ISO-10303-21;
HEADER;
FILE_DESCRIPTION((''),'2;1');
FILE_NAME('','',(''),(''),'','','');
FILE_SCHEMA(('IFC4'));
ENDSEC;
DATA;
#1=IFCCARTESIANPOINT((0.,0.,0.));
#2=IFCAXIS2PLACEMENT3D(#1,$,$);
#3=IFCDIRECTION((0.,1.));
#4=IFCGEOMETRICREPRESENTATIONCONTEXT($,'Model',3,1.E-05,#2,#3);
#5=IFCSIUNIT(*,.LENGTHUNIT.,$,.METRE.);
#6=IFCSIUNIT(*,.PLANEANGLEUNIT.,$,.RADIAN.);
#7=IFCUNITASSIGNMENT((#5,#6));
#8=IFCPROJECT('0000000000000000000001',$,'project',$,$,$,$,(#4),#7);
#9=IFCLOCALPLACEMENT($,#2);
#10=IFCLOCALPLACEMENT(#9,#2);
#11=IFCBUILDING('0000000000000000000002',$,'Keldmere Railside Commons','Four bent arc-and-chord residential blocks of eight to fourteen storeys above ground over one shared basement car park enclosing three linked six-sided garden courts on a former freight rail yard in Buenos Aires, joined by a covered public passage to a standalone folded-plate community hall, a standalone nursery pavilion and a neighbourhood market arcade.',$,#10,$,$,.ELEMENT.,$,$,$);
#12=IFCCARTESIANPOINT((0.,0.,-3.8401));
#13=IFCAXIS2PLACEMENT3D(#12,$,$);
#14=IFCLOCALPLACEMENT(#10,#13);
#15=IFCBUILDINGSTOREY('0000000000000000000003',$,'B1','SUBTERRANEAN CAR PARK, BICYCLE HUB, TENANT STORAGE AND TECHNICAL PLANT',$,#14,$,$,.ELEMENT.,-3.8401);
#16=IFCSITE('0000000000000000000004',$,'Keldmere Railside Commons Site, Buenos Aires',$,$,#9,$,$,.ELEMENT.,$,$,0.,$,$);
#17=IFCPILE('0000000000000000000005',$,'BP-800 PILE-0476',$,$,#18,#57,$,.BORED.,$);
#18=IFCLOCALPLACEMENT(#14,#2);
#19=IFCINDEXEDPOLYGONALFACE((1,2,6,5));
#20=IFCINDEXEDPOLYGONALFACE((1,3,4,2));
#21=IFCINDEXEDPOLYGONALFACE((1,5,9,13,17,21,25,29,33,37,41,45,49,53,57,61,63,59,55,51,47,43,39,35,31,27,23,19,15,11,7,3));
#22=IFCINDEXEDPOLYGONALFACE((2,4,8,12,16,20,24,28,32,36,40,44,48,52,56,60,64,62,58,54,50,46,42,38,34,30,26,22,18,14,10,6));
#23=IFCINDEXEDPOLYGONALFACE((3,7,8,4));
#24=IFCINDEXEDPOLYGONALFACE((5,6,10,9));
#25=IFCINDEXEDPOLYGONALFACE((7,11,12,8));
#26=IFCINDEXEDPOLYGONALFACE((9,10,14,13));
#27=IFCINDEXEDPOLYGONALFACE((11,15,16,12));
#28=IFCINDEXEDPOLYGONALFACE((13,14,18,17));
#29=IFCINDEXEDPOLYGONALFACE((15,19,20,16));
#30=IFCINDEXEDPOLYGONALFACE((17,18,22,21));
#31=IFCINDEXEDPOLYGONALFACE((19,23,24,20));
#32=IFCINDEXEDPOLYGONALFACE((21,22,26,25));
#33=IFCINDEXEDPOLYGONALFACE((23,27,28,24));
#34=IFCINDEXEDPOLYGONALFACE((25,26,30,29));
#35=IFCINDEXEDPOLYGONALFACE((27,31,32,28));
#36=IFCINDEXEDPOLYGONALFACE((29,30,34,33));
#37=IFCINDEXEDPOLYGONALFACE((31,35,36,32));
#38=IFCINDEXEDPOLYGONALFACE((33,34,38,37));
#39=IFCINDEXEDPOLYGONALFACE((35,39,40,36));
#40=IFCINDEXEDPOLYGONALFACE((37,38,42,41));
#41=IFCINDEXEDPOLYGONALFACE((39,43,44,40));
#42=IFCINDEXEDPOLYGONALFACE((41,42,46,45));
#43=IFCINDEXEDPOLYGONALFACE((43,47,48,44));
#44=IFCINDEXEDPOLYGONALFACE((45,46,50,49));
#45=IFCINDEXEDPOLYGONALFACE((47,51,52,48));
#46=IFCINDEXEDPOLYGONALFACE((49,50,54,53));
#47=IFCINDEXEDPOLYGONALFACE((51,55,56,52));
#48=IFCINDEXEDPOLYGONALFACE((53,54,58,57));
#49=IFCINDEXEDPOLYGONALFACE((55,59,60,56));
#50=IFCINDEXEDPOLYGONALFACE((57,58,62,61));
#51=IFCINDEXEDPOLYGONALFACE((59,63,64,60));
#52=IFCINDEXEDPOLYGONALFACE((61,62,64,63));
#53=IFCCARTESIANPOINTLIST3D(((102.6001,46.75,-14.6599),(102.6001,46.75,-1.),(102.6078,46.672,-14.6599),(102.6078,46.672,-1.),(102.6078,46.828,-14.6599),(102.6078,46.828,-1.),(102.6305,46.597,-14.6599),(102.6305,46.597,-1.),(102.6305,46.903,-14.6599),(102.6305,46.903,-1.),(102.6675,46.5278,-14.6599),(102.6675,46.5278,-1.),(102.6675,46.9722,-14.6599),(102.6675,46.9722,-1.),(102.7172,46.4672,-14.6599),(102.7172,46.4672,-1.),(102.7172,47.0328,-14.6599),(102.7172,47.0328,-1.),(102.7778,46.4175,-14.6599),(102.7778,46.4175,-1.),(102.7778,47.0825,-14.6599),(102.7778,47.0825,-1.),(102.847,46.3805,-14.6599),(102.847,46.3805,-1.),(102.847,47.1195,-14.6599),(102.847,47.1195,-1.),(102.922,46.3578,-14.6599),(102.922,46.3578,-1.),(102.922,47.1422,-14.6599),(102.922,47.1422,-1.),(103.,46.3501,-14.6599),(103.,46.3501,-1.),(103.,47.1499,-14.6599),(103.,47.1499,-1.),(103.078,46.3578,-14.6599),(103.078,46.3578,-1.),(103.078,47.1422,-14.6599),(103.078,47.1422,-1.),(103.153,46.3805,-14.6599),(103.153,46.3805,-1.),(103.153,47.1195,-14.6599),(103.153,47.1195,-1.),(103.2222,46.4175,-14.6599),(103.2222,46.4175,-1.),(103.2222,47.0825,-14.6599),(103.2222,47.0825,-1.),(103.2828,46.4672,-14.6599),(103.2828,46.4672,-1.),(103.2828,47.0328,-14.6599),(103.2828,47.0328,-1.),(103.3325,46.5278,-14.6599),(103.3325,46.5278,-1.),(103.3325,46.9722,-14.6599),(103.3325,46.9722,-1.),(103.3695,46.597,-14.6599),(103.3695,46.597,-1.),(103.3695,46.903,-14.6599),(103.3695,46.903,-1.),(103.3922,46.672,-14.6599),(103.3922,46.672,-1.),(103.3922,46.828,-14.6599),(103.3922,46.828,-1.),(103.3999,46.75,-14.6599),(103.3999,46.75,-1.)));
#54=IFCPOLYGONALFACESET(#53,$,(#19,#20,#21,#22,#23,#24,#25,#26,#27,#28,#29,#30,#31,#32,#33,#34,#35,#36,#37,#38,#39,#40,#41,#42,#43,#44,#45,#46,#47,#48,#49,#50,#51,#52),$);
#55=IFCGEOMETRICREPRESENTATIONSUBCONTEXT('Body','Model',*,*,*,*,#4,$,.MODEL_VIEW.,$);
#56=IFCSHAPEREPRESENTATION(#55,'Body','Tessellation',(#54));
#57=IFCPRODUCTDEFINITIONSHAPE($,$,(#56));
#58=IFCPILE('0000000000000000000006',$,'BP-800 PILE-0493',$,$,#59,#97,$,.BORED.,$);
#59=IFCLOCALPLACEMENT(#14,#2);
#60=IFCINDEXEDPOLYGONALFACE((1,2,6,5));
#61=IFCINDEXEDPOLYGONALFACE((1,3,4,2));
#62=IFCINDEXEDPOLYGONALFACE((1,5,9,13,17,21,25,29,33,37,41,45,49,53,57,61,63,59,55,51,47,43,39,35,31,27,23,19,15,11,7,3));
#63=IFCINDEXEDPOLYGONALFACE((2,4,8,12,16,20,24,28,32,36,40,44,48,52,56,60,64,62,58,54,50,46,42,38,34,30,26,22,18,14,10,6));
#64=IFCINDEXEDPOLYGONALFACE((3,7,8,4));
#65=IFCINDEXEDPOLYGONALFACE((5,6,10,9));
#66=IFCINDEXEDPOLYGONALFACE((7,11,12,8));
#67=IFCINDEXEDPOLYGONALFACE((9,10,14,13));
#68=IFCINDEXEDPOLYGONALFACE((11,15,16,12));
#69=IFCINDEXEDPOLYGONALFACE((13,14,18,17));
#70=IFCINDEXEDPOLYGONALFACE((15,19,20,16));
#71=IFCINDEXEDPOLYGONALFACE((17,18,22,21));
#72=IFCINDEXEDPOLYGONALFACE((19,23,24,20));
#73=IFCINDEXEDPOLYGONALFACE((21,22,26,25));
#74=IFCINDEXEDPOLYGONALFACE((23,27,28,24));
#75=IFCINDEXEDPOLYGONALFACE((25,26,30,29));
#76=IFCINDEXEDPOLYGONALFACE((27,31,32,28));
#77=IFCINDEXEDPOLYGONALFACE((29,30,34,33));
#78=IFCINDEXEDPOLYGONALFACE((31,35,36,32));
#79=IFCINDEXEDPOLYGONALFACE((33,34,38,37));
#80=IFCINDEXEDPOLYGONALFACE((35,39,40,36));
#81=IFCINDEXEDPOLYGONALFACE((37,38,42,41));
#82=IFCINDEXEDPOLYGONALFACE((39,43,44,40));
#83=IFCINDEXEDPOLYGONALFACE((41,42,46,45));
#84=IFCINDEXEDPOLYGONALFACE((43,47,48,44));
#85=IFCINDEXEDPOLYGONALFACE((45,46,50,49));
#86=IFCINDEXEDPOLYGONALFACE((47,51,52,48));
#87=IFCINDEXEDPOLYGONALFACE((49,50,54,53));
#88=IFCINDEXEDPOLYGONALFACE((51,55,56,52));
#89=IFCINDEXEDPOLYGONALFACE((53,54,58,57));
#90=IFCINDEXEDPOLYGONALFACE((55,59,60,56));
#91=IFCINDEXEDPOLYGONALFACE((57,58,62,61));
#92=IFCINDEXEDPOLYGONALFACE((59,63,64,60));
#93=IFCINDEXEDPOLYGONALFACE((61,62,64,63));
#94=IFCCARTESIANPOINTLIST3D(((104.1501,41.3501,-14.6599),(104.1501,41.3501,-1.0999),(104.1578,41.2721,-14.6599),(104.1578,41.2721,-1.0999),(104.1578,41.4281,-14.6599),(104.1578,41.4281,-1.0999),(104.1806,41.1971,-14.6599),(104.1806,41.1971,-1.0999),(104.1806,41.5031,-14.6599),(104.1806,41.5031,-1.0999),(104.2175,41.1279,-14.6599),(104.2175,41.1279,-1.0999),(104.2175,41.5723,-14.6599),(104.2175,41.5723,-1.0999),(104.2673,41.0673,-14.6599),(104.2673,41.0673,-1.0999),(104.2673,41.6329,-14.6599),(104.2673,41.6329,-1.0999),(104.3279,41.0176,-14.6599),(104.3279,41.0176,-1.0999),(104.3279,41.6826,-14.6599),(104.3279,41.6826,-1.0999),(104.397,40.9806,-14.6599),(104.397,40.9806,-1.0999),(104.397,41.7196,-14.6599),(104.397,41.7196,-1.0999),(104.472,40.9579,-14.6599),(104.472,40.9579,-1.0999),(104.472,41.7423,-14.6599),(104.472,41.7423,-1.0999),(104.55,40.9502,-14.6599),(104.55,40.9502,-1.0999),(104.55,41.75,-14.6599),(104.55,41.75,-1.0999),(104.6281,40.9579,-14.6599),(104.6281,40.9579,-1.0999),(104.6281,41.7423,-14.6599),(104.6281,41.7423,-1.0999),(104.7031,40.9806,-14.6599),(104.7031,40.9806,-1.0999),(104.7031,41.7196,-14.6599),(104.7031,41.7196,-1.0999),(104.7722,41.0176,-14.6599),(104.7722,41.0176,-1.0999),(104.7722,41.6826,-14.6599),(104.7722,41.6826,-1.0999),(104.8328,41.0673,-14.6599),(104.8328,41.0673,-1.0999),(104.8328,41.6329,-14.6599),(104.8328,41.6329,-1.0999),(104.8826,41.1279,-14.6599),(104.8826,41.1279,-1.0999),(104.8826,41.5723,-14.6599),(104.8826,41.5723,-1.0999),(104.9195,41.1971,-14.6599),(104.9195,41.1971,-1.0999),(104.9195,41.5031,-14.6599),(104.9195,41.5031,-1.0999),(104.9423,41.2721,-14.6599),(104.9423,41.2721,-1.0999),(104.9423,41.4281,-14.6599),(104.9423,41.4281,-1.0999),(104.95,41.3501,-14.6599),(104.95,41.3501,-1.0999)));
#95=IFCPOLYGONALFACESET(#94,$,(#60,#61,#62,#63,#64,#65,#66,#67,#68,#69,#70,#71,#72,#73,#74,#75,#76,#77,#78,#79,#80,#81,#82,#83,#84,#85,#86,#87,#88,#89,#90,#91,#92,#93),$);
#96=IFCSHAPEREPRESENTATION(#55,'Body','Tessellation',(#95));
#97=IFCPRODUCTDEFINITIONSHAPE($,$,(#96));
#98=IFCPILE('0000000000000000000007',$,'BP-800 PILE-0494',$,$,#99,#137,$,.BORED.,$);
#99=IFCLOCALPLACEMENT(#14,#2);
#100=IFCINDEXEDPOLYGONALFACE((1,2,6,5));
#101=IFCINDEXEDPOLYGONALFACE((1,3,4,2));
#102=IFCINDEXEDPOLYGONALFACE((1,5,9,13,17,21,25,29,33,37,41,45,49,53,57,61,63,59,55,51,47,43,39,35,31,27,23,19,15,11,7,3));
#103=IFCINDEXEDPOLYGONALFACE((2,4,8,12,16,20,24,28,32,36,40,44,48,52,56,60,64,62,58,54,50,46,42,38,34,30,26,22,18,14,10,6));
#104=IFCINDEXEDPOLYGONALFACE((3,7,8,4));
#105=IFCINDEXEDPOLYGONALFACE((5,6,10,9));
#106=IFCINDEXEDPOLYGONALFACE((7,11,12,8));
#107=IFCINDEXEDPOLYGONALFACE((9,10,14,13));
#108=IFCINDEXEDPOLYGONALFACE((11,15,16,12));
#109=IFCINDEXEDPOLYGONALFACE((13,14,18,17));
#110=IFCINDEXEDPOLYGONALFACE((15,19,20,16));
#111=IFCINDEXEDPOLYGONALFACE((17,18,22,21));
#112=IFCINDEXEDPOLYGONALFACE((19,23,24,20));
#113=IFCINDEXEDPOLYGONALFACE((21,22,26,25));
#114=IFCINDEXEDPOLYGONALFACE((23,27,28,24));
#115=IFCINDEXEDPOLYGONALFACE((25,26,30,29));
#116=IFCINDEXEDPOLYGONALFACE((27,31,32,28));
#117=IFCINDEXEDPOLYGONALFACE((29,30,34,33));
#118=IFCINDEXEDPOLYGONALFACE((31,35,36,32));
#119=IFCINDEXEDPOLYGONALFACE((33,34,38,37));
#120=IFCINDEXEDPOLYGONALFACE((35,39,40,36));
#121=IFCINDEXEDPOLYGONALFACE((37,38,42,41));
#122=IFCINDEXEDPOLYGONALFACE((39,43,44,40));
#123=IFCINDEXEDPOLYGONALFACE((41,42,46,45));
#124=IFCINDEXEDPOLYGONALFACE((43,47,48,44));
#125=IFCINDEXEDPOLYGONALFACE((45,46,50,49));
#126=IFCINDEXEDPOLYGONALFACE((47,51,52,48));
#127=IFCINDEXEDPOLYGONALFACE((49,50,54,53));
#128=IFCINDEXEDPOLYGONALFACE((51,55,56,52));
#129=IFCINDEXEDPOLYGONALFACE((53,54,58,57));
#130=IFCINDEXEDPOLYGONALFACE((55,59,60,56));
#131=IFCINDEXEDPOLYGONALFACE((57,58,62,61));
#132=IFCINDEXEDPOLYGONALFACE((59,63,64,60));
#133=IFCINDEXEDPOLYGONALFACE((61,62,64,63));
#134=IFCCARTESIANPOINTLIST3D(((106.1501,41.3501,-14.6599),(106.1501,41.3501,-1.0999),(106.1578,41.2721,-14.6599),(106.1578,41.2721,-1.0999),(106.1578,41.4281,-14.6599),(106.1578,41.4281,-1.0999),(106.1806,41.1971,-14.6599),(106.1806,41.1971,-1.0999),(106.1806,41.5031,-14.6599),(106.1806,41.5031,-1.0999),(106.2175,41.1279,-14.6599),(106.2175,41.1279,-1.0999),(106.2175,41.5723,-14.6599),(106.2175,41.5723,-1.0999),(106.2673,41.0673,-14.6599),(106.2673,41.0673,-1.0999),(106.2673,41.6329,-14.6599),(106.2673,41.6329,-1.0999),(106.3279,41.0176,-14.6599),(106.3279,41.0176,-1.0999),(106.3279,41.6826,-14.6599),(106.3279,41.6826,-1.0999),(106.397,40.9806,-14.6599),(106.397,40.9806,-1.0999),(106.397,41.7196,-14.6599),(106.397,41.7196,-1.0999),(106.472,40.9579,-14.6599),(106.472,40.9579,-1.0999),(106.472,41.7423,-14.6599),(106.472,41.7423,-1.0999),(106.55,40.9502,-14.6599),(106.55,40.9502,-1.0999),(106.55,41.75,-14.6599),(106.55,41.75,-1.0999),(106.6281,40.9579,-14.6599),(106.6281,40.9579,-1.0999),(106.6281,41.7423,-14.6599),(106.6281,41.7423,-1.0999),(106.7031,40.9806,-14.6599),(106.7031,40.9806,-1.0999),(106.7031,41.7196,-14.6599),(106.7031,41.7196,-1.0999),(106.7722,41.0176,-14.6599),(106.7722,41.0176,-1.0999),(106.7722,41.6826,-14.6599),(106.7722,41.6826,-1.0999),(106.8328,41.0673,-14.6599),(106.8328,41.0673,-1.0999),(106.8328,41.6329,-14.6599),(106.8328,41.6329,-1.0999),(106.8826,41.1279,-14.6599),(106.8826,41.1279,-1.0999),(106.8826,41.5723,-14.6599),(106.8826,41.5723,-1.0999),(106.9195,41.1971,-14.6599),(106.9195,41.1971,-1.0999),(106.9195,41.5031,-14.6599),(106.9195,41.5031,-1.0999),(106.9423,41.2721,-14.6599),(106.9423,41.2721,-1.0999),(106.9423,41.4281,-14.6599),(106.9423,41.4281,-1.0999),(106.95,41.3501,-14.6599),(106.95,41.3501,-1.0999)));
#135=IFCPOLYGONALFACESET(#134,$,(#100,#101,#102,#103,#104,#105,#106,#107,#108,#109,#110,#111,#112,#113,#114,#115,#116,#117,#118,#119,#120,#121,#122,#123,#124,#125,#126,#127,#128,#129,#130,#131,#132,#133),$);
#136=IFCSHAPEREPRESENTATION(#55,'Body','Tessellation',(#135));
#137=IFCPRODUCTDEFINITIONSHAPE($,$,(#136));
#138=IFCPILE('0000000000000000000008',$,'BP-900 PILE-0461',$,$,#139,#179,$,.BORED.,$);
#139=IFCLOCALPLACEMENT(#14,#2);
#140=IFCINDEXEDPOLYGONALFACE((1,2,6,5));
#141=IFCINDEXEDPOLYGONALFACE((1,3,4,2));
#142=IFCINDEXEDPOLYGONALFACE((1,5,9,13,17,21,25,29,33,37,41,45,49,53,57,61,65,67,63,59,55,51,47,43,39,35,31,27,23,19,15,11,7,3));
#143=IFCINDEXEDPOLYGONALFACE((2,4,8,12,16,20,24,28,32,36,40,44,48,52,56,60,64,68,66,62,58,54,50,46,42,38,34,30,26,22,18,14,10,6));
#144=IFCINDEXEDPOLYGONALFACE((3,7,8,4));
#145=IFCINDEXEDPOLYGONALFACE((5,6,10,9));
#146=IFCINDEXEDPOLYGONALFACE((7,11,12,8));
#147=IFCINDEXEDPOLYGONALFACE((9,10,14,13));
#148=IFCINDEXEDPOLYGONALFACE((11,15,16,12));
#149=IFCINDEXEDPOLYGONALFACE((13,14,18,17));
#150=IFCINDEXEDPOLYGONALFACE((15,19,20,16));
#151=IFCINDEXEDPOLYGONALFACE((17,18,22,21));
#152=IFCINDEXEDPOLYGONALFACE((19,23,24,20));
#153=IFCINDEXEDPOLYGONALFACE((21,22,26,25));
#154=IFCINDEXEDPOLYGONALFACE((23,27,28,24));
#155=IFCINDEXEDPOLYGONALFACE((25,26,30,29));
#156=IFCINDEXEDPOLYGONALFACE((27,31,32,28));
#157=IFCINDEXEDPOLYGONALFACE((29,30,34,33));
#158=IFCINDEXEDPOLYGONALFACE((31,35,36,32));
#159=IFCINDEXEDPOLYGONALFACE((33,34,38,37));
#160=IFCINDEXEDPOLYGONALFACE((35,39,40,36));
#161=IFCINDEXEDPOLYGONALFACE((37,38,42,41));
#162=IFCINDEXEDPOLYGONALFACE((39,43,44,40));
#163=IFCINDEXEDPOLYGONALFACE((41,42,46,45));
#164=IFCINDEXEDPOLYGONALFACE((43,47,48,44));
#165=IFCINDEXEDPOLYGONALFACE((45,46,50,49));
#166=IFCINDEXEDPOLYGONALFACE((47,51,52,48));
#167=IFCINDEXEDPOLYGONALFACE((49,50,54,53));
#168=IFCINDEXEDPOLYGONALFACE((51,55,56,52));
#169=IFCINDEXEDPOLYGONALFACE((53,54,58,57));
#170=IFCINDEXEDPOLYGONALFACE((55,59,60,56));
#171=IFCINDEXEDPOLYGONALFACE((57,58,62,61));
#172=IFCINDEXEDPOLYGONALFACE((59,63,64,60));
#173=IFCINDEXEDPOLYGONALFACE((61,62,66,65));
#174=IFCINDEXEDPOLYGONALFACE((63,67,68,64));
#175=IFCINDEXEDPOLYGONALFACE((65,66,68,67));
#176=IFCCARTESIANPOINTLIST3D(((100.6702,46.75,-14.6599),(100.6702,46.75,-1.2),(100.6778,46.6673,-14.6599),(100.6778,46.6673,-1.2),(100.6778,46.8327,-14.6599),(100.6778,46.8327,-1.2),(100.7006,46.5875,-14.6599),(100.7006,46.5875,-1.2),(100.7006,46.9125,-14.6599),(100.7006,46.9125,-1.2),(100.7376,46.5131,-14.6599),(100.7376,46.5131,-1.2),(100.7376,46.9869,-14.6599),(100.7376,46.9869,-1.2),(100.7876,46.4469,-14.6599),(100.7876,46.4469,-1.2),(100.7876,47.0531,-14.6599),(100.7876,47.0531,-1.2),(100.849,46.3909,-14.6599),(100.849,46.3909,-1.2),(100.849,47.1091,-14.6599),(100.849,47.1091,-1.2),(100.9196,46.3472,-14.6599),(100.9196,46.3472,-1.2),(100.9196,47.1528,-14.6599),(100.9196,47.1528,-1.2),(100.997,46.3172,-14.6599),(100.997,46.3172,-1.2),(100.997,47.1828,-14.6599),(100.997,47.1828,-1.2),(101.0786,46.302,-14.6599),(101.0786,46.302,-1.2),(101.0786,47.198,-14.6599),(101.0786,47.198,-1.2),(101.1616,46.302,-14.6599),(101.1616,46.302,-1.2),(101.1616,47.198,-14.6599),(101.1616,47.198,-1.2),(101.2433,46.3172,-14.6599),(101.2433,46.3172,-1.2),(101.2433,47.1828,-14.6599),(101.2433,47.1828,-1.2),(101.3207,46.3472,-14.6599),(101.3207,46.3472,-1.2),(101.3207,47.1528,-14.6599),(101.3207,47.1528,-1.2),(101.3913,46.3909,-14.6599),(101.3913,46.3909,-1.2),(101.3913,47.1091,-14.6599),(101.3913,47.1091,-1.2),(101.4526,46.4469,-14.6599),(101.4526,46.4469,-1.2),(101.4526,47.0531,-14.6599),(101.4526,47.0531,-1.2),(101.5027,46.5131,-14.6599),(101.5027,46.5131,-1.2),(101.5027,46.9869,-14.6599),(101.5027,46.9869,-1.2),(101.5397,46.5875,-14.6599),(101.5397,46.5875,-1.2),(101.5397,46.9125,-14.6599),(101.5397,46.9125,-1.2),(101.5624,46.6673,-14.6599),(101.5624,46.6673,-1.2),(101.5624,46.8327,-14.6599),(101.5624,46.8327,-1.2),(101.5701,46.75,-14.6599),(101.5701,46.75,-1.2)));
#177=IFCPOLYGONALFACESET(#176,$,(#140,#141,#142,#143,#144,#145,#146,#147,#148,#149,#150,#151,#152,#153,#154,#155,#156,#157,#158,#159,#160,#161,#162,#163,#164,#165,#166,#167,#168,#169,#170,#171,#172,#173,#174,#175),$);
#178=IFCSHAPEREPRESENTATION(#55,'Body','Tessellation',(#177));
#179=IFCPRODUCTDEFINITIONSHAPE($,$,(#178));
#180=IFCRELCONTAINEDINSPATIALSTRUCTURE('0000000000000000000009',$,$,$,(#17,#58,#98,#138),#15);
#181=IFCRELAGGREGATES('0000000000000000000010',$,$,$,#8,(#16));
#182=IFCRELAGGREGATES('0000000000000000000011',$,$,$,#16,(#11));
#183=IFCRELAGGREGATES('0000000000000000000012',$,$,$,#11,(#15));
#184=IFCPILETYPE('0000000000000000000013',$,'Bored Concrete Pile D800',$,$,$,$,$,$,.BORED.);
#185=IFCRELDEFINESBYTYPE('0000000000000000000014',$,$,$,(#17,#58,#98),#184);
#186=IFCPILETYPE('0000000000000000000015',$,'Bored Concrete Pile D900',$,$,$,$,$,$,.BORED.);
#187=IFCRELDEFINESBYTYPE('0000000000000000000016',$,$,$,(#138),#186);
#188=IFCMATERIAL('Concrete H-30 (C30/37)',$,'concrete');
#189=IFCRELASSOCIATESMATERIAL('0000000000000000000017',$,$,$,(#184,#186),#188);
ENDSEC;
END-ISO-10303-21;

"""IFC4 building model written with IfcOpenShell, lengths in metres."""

from ifc_helpers import new_model, si_unit, direction, frame, origin, origin_2d, place, context, subcontext, project, spatial, circle, extrude, material, material_profile, profile_set, type_object, element, save


model = new_model("IFC4")

# Units and contexts
model_context = context("Model", 3, precision=1e-05, world=origin(), true_north=direction((0.0, 1.0)))
body_context = subcontext(model_context, "Body", "Model", "MODEL_VIEW")
ifc_project = project(units=[si_unit("LENGTHUNIT", "METRE"), si_unit("PLANEANGLEUNIT", "RADIAN")], contexts=[model_context])

# Site, building, storey
site_placement = place(None, origin())
site = spatial("IfcSite", under=ifc_project, at=site_placement, Name="Keldmere Railside Commons Site, Buenos Aires", CompositionType="ELEMENT", RefElevation=0.0)
building_placement = place(site_placement, origin())
building = spatial("IfcBuilding", under=site, at=building_placement, Name="Keldmere Railside Commons", Description="Four bent arc-and-chord residential blocks of eight to fourteen storeys above ground over one shared basement car park enclosing three linked six-sided garden courts on a former freight rail yard in Buenos Aires, joined by a covered public passage to a standalone folded-plate community hall, a standalone nursery pavilion and a neighbourhood market arcade.", CompositionType="ELEMENT")
storey_placement = place(building_placement, frame((0.0, 0.0, -3.8401)))
storey = spatial("IfcBuildingStorey", under=building, at=storey_placement, Name="B1", Description="SUBTERRANEAN CAR PARK, BICYCLE HUB, TENANT STORAGE AND TECHNICAL PLANT", CompositionType="ELEMENT", Elevation=-3.8401)

# Piles
ifc_material_1 = material(Name="Concrete H-30 (C30/37)", Category="concrete")
ifc_material_profile_1 = material_profile(ifc_material_1, circle(Radius=0.3999, at=origin_2d()), Name="PILE-D800")
ifc_profile_set_1 = profile_set([ifc_material_profile_1], Name="Concrete H-30 (C30/37)")
pile_type_1 = type_object("IfcPileType", Name="Bored Concrete Pile D800", PredefinedType="BORED", material=ifc_profile_set_1)
pile_placement = place(storey_placement, frame((103.0, 46.75, -1.0), z_axis=(0.0, 0.0, -1.0), x_axis=(1.0, 0.0, 0.0)))
element("IfcPile", 1, at=pile_placement, inside=storey, type_object=pile_type_1, Name="BP-800 PILE-0476", PredefinedType="BORED", context=body_context, shape_type="SweptSolid", body=[
    extrude(circle(Radius=0.3999, at=origin_2d()), origin(), (0.0, 0.0, 1.0), 13.6599),
])
for number, where, z_axis, x_axis, name in (
    (2, (104.55, 41.3501, -1.0999), (0.0, 0.0, -1.0), (1.0, 0.0, 0.0), "BP-800 PILE-0493"),
    (3, (106.55, 41.3501, -1.0999), (0.0, 0.0, -1.0), (1.0, 0.0, 0.0), "BP-800 PILE-0494"),
):
    element("IfcPile", number, at=place(storey_placement, frame(where, z_axis=z_axis, x_axis=x_axis)), inside=storey, type_object=pile_type_1, Name=name, PredefinedType="BORED", context=body_context, shape_type="SweptSolid", body=[
        extrude(circle(Radius=0.3999, at=origin_2d()), origin(), (0.0, 0.0, 1.0), 13.5601),
    ])
ifc_material_profile_2 = material_profile(ifc_material_1, circle(Radius=0.45, at=origin_2d()), Name="PILE-D900")
ifc_profile_set_2 = profile_set([ifc_material_profile_2], Name="Concrete H-30 (C30/37)")
pile_type_2 = type_object("IfcPileType", Name="Bored Concrete Pile D900", PredefinedType="BORED", material=ifc_profile_set_2)
for number, where, z_axis, x_axis, name in (
    (4, (101.1201, 46.75, -1.2), (0.0, 0.0, -1.0), (1.0, 0.0, 0.0), "BP-900 PILE-0461"),
):
    element("IfcPile", number, at=place(storey_placement, frame(where, z_axis=z_axis, x_axis=x_axis)), inside=storey, type_object=pile_type_2, Name=name, PredefinedType="BORED", context=body_context, shape_type="SweptSolid", body=[
        extrude(circle(Radius=0.45, at=origin_2d()), origin(), (0.0, 0.0, 1.0), 13.46),
    ])

save(model, "model.ifc")
